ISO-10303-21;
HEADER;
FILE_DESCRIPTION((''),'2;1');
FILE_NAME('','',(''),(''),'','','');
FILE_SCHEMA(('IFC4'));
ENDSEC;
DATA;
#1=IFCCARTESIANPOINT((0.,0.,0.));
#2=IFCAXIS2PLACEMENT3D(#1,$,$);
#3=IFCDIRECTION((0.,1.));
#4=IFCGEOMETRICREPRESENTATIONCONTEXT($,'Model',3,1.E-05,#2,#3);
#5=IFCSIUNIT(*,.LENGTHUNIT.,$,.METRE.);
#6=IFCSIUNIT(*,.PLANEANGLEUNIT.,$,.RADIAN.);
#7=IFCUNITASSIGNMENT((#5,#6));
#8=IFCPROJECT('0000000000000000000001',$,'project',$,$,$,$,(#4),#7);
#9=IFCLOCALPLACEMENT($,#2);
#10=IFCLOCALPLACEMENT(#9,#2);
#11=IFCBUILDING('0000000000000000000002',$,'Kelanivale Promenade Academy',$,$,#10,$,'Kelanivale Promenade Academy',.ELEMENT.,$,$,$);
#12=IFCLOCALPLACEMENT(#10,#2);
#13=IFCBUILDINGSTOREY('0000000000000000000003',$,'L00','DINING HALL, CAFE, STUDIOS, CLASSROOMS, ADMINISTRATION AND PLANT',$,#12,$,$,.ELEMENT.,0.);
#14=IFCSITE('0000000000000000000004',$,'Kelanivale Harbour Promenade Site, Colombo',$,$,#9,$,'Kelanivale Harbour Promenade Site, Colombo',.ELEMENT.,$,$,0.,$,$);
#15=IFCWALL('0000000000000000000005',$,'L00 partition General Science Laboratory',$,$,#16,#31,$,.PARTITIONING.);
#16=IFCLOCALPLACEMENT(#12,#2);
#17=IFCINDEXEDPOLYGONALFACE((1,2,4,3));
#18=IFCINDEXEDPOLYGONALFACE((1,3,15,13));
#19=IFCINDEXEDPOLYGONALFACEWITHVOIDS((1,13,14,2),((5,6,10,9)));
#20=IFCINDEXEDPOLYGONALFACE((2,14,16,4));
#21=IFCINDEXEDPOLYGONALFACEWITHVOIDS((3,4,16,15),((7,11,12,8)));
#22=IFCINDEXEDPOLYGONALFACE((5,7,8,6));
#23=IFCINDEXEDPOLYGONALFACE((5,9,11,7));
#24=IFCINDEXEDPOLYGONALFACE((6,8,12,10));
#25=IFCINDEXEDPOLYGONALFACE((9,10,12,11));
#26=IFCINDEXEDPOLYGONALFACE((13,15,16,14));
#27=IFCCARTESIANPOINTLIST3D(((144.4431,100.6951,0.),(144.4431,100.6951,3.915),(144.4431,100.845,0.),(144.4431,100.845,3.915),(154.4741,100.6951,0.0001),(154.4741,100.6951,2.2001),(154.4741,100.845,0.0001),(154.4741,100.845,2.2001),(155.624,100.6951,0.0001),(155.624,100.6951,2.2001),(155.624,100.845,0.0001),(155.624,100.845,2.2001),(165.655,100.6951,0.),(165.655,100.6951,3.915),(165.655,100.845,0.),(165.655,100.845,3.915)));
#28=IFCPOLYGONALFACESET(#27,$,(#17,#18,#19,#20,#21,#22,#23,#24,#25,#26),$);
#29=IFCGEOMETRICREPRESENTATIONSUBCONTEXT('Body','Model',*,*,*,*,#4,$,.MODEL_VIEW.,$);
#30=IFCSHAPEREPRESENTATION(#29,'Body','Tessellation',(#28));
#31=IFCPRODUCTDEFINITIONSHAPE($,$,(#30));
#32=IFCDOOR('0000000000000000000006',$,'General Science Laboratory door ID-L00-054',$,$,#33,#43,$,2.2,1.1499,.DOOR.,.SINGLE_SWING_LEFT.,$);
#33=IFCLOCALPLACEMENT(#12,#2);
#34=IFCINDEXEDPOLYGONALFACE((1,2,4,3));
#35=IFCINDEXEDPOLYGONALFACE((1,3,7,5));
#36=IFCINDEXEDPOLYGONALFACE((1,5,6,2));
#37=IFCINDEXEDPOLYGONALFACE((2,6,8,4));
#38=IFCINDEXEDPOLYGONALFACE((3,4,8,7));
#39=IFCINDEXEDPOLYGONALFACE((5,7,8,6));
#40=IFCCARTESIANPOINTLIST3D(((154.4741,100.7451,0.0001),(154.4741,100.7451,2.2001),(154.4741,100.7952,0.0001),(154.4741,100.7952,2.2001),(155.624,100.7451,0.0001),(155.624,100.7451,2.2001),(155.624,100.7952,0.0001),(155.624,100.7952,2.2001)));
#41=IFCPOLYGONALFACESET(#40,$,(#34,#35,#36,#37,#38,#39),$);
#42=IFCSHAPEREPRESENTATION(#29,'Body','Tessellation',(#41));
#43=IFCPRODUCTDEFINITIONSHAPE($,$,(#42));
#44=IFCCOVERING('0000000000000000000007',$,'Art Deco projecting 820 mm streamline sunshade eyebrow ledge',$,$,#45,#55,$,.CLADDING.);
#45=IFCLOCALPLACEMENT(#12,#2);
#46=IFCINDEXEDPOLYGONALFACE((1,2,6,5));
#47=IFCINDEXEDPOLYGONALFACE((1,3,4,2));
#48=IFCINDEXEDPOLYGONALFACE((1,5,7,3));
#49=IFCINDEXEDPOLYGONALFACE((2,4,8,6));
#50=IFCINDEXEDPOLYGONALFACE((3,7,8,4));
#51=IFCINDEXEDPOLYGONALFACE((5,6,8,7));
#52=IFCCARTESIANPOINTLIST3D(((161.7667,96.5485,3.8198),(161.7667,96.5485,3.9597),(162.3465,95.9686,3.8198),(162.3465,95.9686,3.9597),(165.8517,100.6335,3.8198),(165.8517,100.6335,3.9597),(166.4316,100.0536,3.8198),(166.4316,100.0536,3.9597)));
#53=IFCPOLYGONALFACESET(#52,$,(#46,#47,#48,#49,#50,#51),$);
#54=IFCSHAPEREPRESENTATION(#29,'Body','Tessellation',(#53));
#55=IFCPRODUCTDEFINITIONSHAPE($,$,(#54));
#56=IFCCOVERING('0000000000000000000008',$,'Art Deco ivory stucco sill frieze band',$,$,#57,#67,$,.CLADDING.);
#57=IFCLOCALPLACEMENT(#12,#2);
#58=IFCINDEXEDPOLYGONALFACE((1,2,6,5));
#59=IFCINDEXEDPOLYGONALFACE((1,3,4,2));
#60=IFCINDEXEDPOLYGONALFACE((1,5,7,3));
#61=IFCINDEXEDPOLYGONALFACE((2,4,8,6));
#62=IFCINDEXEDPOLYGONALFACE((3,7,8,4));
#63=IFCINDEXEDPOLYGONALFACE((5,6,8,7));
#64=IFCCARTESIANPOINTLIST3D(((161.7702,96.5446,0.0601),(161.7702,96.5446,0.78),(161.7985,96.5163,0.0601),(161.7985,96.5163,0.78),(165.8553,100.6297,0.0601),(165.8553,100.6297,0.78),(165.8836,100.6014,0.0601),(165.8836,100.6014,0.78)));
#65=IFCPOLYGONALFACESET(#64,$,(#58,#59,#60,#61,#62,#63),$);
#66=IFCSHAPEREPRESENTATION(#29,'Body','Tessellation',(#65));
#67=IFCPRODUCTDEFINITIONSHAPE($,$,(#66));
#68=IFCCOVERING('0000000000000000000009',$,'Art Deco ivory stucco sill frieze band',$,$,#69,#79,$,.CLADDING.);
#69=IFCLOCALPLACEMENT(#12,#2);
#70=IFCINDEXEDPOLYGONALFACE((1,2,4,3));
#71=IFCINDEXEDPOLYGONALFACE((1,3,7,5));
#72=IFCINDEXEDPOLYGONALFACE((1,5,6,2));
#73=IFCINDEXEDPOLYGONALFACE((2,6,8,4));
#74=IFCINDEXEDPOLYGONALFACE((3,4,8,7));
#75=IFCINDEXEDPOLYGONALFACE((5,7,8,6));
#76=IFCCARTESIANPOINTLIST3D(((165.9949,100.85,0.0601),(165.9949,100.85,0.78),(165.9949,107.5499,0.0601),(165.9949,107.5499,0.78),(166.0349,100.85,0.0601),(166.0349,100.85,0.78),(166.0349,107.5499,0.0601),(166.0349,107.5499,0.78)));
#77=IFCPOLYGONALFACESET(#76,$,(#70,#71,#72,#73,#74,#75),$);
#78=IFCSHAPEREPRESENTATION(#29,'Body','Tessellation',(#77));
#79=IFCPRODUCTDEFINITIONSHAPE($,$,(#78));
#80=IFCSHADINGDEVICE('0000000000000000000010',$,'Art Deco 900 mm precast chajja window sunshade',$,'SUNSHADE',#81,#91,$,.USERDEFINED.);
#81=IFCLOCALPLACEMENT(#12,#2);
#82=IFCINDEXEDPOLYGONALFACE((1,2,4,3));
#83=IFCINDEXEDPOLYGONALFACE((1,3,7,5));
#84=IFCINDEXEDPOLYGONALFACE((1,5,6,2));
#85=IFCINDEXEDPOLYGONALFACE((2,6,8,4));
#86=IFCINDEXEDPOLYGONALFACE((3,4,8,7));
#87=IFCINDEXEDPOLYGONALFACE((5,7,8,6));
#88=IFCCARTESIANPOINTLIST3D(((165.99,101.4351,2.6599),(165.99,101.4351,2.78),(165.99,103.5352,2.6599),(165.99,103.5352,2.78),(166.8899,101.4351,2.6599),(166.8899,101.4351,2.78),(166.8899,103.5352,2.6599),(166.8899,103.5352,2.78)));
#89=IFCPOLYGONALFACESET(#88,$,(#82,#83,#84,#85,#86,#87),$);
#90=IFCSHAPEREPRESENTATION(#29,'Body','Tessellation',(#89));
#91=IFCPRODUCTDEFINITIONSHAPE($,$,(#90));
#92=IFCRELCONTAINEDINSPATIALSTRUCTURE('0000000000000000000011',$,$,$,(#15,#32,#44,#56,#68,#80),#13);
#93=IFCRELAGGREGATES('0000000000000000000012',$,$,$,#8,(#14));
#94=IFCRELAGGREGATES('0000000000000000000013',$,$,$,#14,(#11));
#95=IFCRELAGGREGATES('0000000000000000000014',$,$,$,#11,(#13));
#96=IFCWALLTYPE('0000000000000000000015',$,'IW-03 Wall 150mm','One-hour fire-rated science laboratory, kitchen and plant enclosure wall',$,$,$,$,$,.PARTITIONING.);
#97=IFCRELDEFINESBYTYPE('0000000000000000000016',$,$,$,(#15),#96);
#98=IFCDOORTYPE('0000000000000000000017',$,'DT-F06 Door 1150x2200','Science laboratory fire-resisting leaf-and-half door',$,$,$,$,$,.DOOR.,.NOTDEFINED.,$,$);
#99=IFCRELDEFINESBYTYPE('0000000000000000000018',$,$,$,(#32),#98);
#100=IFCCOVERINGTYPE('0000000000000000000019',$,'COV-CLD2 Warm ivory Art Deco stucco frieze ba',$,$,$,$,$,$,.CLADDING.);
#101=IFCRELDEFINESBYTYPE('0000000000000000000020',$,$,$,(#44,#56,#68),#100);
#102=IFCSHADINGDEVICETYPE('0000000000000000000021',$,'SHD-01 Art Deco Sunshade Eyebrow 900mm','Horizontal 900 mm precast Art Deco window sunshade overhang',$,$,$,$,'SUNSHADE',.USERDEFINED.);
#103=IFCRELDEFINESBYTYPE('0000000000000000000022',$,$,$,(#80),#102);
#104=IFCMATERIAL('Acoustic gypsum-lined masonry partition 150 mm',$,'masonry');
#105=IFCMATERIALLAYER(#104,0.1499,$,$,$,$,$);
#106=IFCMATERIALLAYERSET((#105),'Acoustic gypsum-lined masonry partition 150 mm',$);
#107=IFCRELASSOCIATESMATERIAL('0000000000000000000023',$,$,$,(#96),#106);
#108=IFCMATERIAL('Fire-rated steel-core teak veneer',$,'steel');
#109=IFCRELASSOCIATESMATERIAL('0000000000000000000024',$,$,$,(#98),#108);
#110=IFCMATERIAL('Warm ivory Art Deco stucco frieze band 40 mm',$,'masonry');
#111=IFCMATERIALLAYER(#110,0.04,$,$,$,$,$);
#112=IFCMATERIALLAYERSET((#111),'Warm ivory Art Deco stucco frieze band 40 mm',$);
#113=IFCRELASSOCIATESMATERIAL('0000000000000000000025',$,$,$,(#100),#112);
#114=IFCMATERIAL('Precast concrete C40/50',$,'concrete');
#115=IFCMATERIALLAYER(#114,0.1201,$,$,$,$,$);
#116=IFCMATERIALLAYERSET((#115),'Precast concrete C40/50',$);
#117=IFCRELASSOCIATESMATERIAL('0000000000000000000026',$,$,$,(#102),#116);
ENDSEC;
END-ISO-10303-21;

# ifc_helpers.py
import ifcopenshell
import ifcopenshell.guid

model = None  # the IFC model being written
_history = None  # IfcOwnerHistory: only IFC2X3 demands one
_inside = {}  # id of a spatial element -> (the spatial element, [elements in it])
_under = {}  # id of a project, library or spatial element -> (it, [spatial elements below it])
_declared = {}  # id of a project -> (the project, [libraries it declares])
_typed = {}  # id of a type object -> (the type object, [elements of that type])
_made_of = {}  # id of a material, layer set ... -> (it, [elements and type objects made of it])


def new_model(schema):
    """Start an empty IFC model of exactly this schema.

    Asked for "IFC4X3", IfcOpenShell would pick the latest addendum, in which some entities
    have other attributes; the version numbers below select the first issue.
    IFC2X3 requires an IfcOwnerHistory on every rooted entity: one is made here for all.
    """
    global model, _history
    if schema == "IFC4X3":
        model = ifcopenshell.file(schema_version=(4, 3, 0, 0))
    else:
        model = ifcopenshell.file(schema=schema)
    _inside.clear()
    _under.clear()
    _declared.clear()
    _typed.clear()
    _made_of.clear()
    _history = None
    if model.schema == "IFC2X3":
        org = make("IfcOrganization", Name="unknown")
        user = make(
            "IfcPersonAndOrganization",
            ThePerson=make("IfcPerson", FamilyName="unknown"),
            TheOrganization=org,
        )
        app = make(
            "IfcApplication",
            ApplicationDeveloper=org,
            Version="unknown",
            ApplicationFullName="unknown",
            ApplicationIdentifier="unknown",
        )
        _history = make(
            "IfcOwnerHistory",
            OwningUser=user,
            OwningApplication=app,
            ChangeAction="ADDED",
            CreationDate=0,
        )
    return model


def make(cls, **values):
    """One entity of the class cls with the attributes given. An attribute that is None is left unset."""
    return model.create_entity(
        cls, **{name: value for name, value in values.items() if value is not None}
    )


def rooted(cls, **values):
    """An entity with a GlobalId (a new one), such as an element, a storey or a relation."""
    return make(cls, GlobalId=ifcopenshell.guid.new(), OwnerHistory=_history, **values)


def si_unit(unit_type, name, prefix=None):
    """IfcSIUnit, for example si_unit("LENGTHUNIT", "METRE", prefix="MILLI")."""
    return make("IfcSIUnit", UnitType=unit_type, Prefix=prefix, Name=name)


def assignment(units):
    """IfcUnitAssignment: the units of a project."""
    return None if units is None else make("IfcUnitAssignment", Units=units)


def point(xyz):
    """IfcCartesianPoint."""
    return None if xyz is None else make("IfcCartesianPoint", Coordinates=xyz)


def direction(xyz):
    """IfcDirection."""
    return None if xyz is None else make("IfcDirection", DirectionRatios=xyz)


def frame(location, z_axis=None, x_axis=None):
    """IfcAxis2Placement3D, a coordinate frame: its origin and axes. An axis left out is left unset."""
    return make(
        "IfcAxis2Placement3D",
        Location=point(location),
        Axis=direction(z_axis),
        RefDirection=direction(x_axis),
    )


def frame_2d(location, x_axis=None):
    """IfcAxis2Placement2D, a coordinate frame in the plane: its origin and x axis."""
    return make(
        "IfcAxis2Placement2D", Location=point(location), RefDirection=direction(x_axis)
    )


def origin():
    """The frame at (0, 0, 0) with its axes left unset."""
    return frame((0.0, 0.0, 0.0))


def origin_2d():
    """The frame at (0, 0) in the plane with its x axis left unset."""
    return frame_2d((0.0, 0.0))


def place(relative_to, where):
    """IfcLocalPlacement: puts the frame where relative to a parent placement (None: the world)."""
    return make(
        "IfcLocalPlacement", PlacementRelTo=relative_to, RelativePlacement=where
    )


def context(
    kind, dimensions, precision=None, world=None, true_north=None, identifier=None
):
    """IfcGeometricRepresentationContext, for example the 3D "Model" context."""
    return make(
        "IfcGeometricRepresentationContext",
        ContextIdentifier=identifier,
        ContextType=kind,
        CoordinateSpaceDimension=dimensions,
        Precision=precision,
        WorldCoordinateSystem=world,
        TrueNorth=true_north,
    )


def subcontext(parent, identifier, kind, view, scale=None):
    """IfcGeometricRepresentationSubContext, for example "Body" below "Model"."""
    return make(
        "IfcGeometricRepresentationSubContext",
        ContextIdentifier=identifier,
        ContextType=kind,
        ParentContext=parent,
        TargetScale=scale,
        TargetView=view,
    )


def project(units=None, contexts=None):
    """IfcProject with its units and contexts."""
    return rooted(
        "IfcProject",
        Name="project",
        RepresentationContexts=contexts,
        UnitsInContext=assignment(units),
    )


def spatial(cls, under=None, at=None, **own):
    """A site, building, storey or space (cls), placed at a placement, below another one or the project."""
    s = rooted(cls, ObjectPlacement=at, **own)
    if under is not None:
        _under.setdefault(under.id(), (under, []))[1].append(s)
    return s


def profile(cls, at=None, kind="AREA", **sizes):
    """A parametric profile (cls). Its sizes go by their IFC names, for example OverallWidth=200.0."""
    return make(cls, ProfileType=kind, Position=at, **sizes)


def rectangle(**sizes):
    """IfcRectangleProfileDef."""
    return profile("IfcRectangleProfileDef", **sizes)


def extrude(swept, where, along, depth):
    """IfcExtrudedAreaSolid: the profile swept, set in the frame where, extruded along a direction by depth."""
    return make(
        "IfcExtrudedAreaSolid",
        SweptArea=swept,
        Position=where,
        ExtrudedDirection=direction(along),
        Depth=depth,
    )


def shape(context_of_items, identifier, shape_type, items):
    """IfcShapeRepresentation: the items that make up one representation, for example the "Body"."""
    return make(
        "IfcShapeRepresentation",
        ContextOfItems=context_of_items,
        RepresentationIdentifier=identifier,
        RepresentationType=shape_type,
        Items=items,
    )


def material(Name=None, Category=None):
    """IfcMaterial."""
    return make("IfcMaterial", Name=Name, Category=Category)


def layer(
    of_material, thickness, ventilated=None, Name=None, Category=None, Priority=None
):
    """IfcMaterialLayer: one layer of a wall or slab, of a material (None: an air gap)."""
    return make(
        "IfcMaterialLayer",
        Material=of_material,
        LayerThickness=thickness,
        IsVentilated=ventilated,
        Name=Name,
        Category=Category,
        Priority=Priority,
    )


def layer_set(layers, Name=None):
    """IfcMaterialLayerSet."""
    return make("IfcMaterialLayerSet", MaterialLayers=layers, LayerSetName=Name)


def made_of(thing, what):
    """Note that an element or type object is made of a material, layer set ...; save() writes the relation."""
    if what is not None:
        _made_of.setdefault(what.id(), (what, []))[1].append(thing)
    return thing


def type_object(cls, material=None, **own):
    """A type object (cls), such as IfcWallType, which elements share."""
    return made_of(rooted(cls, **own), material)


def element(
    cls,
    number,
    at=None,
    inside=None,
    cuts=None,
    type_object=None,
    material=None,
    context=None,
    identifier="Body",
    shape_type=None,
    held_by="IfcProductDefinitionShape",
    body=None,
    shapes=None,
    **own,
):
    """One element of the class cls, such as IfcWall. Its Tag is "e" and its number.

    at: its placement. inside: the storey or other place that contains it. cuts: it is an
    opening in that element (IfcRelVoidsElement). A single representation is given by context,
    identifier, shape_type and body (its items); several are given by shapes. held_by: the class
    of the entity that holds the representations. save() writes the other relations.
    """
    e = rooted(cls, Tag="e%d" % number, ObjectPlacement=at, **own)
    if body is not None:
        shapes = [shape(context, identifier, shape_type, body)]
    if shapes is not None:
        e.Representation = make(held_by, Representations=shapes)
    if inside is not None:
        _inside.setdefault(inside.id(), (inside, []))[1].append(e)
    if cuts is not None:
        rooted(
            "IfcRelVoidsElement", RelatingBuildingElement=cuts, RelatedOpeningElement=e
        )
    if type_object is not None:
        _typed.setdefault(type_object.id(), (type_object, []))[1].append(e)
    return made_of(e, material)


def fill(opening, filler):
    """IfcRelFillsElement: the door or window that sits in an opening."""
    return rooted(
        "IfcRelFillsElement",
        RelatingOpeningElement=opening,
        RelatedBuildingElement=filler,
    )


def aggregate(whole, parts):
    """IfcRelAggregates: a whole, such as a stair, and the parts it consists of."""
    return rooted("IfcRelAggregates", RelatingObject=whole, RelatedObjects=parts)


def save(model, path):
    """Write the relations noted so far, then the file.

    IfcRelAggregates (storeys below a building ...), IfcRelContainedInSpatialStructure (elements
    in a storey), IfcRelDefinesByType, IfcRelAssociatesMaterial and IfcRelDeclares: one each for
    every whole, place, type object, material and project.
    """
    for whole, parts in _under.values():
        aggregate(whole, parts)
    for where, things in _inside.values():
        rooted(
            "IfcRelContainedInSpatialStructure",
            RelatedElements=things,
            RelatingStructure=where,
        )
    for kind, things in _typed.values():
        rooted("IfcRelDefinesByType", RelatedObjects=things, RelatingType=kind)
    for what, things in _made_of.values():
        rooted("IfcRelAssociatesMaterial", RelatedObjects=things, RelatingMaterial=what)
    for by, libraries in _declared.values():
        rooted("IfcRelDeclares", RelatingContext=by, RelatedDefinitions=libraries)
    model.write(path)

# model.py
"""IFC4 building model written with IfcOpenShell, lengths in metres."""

from ifc_helpers import new_model, si_unit, direction, frame, frame_2d, origin, origin_2d, place, context, subcontext, project, spatial, rectangle, extrude, material, layer, layer_set, type_object, element, fill, save


model = new_model("IFC4")

# Units and contexts
model_context = context("Model", 3, precision=1e-05, world=origin(), true_north=direction((0.0, 1.0)))
body_context = subcontext(model_context, "Body", "Model", "MODEL_VIEW")
ifc_project = project(units=[si_unit("LENGTHUNIT", "METRE"), si_unit("PLANEANGLEUNIT", "RADIAN")], contexts=[model_context])

# Site, building, storey
site_placement = place(None, origin())
site = spatial("IfcSite", under=ifc_project, at=site_placement, Name="Kelanivale Harbour Promenade Site, Colombo", LongName="Kelanivale Harbour Promenade Site, Colombo", CompositionType="ELEMENT", RefElevation=0.0)
building_placement = place(site_placement, origin())
building = spatial("IfcBuilding", under=site, at=building_placement, Name="Kelanivale Promenade Academy", LongName="Kelanivale Promenade Academy", CompositionType="ELEMENT")
storey_placement = place(building_placement, origin())
storey = spatial("IfcBuildingStorey", under=building, at=storey_placement, Name="L00", Description="DINING HALL, CAFE, STUDIOS, CLASSROOMS, ADMINISTRATION AND PLANT", CompositionType="ELEMENT", Elevation=0.0)

# Wall, opening, door
ifc_material_1 = material(Name="Acoustic gypsum-lined masonry partition 150 mm", Category="masonry")
ifc_layer_1 = layer(ifc_material_1, 0.1499)
ifc_layer_set_1 = layer_set([ifc_layer_1], Name="Acoustic gypsum-lined masonry partition 150 mm")
wall_type_1 = type_object("IfcWallType", Name="IW-03 Wall 150mm", Description="One-hour fire-rated science laboratory, kitchen and plant enclosure wall", PredefinedType="PARTITIONING", material=ifc_layer_set_1)
wall_1_placement = place(storey_placement, frame((165.655, 100.77, 0.0), z_axis=(0.0, 0.0, 1.0), x_axis=(-1.0, 0.0, 0.0)))
wall_1 = element("IfcWall", 1, at=wall_1_placement, inside=storey, type_object=wall_type_1, Name="L00 partition General Science Laboratory", PredefinedType="PARTITIONING", context=body_context, shape_type="SweptSolid", body=[
    extrude(rectangle(XDim=21.2119, YDim=0.1499, at=frame_2d((10.606, 0.0))), origin(), (0.0, 0.0, 1.0), 3.915),
])
opening_1_placement = place(wall_1_placement, frame((10.031, 0.0, 0.0)))
opening_1 = element("IfcOpeningElement", 2, at=opening_1_placement, cuts=wall_1, PredefinedType="OPENING", context=body_context, shape_type="SweptSolid", body=[
    extrude(rectangle(XDim=1.1499, YDim=2.2, at=frame_2d((0.575, 1.1001))), frame((0.0, 0.085, 0.0), z_axis=(0.0, -1.0, 0.0), x_axis=(1.0, 0.0, 0.0)), (0.0, 0.0, 1.0), 0.1699),
])
ifc_material_2 = material(Name="Fire-rated steel-core teak veneer", Category="steel")
door_type = type_object("IfcDoorType", Name="DT-F06 Door 1150x2200", Description="Science laboratory fire-resisting leaf-and-half door", OperationType="NOTDEFINED", PredefinedType="DOOR", material=ifc_material_2)
door_placement = place(opening_1_placement, origin())
door = element("IfcDoor", 3, at=door_placement, inside=storey, type_object=door_type, Name="General Science Laboratory door ID-L00-054", OperationType="SINGLE_SWING_LEFT", OverallHeight=2.2, OverallWidth=1.1499, PredefinedType="DOOR", context=body_context, shape_type="SweptSolid", body=[
    extrude(rectangle(XDim=1.1499, YDim=2.2, at=frame_2d((0.575, 1.1001))), frame((0.0, 0.0249, 0.0), z_axis=(0.0, -1.0, 0.0), x_axis=(1.0, 0.0, 0.0)), (0.0, 0.0, 1.0), 0.05),
])
fill(opening_1, door)

# Coverings
ifc_material_3 = material(Name="Warm ivory Art Deco stucco frieze band 40 mm", Category="masonry")
ifc_layer_2 = layer(ifc_material_3, 0.04)
ifc_layer_set_2 = layer_set([ifc_layer_2], Name="Warm ivory Art Deco stucco frieze band 40 mm")
covering_type = type_object("IfcCoveringType", Name="COV-CLD2 Warm ivory Art Deco stucco frieze ba", PredefinedType="CLADDING", material=ifc_layer_set_2)
covering_1_placement = place(storey_placement, frame((164.0991, 98.301, 3.8198), z_axis=(0.0, 0.0, 1.0), x_axis=(0.707107, 0.707107, 0.0)))
element("IfcCovering", 4, at=covering_1_placement, inside=storey, type_object=covering_type, Name="Art Deco projecting 820 mm streamline sunshade eyebrow ledge", PredefinedType="CLADDING", context=body_context, shape_type="SweptSolid", body=[
    extrude(rectangle(XDim=5.7771, YDim=0.8201, at=origin_2d()), origin(), (0.0, 0.0, 1.0), 0.1399),
])
covering_2_placement = place(storey_placement, frame((163.8269, 98.573, 0.0601), z_axis=(0.0, 0.0, 1.0), x_axis=(0.707107, 0.707107, 0.0)))
element("IfcCovering", 5, at=covering_2_placement, inside=storey, type_object=covering_type, Name="Art Deco ivory stucco sill frieze band", PredefinedType="CLADDING", context=body_context, shape_type="SweptSolid", body=[
    extrude(rectangle(XDim=5.7771, YDim=0.04, at=origin_2d()), origin(), (0.0, 0.0, 1.0), 0.72),
])
covering_3_placement = place(storey_placement, frame((166.0149, 104.2, 0.0601), z_axis=(0.0, 0.0, 1.0), x_axis=(0.0, 1.0, 0.0)))
element("IfcCovering", 6, at=covering_3_placement, inside=storey, type_object=covering_type, Name="Art Deco ivory stucco sill frieze band", PredefinedType="CLADDING", context=body_context, shape_type="SweptSolid", body=[
    extrude(rectangle(XDim=6.7, YDim=0.04, at=origin_2d()), origin(), (0.0, 0.0, 1.0), 0.72),
])

# Shading device
ifc_material_4 = material(Name="Precast concrete C40/50", Category="concrete")
ifc_layer_3 = layer(ifc_material_4, 0.1201)
ifc_layer_set_3 = layer_set([ifc_layer_3], Name="Precast concrete C40/50")
shading_device_type = type_object("IfcShadingDeviceType", Name="SHD-01 Art Deco Sunshade Eyebrow 900mm", Description="Horizontal 900 mm precast Art Deco window sunshade overhang", ElementType="SUNSHADE", PredefinedType="USERDEFINED", material=ifc_layer_set_3)
shading_device_placement = place(storey_placement, frame((166.4399, 102.4851, 2.6599), z_axis=(0.0, 0.0, 1.0), x_axis=(0.0, 1.0, 0.0)))
element("IfcShadingDevice", 7, at=shading_device_placement, inside=storey, type_object=shading_device_type, Name="Art Deco 900 mm precast chajja window sunshade", ObjectType="SUNSHADE", PredefinedType="USERDEFINED", context=body_context, shape_type="SweptSolid", body=[
    extrude(rectangle(XDim=2.1001, YDim=0.8999, at=origin_2d()), origin(), (0.0, 0.0, 1.0), 0.1201),
])

save(model, "model.ifc")
